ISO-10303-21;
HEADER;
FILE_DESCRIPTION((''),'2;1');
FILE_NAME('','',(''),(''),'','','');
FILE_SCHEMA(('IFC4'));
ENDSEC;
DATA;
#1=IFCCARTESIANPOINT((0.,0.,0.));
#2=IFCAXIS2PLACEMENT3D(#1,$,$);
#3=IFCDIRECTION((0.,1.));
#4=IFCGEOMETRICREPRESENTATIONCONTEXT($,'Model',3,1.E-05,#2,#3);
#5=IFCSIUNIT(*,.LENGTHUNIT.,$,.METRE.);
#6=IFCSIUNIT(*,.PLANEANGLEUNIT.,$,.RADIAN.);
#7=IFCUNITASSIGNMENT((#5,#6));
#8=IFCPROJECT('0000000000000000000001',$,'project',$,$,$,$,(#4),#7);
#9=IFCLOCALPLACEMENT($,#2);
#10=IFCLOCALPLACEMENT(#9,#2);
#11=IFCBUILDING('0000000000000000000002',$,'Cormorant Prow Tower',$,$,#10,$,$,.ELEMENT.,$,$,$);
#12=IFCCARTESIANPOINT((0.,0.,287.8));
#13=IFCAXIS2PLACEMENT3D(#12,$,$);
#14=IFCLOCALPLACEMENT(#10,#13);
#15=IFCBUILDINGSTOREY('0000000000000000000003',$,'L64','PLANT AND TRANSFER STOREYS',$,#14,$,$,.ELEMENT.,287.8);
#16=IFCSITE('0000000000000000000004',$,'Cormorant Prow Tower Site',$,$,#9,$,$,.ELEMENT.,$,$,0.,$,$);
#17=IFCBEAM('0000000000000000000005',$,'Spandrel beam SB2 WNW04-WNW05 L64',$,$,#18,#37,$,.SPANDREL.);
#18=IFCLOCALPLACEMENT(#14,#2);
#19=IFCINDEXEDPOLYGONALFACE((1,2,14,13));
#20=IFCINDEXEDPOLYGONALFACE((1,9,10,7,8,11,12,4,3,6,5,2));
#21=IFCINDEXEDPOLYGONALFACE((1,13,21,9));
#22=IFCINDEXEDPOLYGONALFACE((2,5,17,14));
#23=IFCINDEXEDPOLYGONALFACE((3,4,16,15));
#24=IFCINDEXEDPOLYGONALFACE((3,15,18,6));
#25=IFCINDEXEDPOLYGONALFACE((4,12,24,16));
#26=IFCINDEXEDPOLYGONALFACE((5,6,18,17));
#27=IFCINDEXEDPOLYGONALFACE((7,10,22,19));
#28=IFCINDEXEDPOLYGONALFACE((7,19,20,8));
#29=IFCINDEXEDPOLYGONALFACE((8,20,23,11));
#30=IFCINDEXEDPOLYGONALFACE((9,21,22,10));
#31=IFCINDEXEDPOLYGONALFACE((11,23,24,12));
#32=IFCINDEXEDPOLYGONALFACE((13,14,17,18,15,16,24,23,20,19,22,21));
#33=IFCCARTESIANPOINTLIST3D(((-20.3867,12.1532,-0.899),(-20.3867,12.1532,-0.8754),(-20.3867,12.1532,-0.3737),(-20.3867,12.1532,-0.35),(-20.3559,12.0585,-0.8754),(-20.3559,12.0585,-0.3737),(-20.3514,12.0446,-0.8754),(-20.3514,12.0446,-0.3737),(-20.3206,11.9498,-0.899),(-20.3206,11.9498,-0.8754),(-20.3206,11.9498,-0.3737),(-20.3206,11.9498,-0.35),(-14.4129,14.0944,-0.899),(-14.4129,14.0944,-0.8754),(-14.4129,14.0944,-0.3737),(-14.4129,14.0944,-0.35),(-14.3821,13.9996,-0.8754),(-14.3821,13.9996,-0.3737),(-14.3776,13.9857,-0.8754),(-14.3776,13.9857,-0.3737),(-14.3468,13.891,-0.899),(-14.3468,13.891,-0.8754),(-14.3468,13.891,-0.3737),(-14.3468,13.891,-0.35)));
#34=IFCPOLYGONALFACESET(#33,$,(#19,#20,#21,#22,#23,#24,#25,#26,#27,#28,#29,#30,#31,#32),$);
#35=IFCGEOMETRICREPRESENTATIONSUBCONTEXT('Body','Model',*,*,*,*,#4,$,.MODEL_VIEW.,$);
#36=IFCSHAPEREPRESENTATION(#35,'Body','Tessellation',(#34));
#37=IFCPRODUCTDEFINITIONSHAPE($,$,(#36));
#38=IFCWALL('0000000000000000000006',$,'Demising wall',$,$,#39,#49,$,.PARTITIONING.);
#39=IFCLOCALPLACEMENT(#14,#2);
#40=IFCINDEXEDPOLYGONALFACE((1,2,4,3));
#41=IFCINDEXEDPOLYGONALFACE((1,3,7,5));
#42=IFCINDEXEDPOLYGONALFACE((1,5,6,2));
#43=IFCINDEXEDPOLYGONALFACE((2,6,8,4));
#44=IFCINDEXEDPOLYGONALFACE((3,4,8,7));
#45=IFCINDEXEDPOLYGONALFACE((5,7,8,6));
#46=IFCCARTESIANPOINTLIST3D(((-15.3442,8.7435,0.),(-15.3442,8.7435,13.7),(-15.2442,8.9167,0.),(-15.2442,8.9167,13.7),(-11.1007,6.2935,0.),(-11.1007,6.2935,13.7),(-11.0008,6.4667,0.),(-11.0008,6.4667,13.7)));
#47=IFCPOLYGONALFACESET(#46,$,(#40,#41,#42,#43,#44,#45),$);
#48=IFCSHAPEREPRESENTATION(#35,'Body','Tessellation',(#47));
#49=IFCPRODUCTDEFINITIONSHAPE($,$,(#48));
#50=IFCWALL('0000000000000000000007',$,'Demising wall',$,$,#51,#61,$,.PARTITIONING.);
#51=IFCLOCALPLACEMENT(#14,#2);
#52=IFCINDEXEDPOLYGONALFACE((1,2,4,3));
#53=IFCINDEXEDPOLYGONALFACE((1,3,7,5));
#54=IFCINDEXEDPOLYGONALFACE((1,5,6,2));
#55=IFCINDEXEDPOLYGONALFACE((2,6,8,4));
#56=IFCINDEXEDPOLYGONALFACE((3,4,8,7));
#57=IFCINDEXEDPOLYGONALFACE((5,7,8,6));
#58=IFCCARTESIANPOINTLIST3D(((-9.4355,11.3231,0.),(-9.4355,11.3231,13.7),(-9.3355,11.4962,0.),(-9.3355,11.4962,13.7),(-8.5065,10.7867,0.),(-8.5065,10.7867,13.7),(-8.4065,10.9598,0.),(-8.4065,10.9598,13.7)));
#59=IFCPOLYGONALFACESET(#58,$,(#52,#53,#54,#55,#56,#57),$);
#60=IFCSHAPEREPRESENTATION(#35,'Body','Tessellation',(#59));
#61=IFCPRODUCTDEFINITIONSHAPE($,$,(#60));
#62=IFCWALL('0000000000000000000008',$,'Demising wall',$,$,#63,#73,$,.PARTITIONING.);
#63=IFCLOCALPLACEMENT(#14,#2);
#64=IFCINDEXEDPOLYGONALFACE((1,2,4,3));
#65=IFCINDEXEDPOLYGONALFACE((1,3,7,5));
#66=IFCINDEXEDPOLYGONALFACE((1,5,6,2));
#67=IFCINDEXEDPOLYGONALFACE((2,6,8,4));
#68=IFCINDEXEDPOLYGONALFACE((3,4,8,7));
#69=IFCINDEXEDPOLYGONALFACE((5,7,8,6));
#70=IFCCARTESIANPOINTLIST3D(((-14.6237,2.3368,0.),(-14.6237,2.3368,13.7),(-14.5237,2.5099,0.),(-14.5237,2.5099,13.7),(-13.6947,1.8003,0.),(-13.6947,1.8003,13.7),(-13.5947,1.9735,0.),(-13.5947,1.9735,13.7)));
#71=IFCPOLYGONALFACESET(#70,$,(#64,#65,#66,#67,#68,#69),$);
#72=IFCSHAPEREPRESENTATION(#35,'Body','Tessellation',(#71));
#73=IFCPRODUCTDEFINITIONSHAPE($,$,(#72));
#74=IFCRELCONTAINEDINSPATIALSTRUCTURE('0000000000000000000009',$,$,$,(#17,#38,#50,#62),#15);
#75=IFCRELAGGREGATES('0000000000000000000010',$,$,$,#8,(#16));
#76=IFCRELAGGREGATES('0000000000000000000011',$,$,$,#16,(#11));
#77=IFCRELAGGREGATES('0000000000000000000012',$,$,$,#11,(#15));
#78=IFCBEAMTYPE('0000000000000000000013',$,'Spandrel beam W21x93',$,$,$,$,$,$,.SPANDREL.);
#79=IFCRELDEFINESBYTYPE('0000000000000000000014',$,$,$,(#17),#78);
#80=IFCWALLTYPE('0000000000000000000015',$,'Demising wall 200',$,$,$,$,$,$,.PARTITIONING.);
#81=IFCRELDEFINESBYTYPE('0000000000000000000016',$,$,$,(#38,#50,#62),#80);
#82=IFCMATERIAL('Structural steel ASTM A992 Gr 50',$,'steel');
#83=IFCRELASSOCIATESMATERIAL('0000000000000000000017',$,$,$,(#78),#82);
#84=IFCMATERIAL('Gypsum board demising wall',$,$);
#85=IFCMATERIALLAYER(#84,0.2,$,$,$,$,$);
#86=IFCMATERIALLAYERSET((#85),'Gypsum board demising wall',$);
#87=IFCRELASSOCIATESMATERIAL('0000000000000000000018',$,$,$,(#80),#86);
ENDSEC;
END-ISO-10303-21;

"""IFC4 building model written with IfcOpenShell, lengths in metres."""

from ifc_helpers import new_model, si_unit, direction, frame, frame_2d, origin, origin_2d, place, context, subcontext, project, spatial, rectangle, i_section, extrude, material, layer, layer_set, material_profile, profile_set, type_object, element, save


model = new_model("IFC4")

# Units and contexts
model_context = context("Model", 3, precision=1e-05, world=origin(), true_north=direction((0.0, 1.0)))
body_context = subcontext(model_context, "Body", "Model", "MODEL_VIEW")
ifc_project = project(units=[si_unit("LENGTHUNIT", "METRE"), si_unit("PLANEANGLEUNIT", "RADIAN")], contexts=[model_context])

# Site, building, storey
site_placement = place(None, origin())
site = spatial("IfcSite", under=ifc_project, at=site_placement, Name="Cormorant Prow Tower Site", CompositionType="ELEMENT", RefElevation=0.0)
building_placement = place(site_placement, origin())
building = spatial("IfcBuilding", under=site, at=building_placement, Name="Cormorant Prow Tower", CompositionType="ELEMENT")
storey_placement = place(building_placement, frame((0.0, 0.0, 287.8)))
storey = spatial("IfcBuildingStorey", under=building, at=storey_placement, Name="L64", Description="PLANT AND TRANSFER STOREYS", CompositionType="ELEMENT", Elevation=287.8)

# Beam
ifc_material_1 = material(Name="Structural steel ASTM A992 Gr 50", Category="steel")
ifc_material_profile_1 = material_profile(ifc_material_1, i_section(OverallWidth=0.2139, OverallDepth=0.5491, WebThickness=0.0146, FlangeThickness=0.0237, at=origin_2d()), Name="W21x93")
ifc_profile_set_1 = profile_set([ifc_material_profile_1], Name="Structural steel ASTM A992 Gr 50")
beam_type_1 = type_object("IfcBeamType", Name="Spandrel beam W21x93", PredefinedType="SPANDREL", material=ifc_profile_set_1)
beam_1_placement = place(storey_placement, frame((-14.3799, 13.9927, -0.6245), z_axis=(-0.95105, -0.309036, 0.0), x_axis=(0.309036, -0.95105, 0.0)))
element("IfcBeam", 1, at=beam_1_placement, inside=storey, type_object=beam_type_1, Name="Spandrel beam SB2 WNW04-WNW05 L64", PredefinedType="SPANDREL", context=body_context, shape_type="SweptSolid", body=[
    extrude(i_section(OverallWidth=0.2139, OverallDepth=0.5491, WebThickness=0.0146, FlangeThickness=0.0237, at=origin_2d()), origin(), (0.0, 0.0, 1.0), 6.2812),
])

# Walls
ifc_material_2 = material(Name="Gypsum board demising wall")
ifc_layer = layer(ifc_material_2, 0.2)
ifc_layer_set = layer_set([ifc_layer], Name="Gypsum board demising wall")
wall_type = type_object("IfcWallType", Name="Demising wall 200", PredefinedType="PARTITIONING", material=ifc_layer_set)
wall_placement = place(storey_placement, frame((-15.2942, 8.8301, 0.0), z_axis=(0.0, 0.0, 1.0), x_axis=(0.866024, -0.500003, 0.0)))
element("IfcWall", 2, at=wall_placement, inside=storey, type_object=wall_type, Name="Demising wall", PredefinedType="PARTITIONING", context=body_context, shape_type="SweptSolid", body=[
    extrude(rectangle(XDim=4.8999, YDim=0.2, at=frame_2d((2.45, 0.0))), origin(), (0.0, 0.0, 1.0), 13.7),
])
for number, where, z_axis, x_axis, name in (
    (3, (-9.3855, 11.4097, 0.0), (0.0, 0.0, 1.0), (0.866007, -0.500031, 0.0), "Demising wall"),
    (4, (-14.5737, 2.4233, 0.0), (0.0, 0.0, 1.0), (0.866007, -0.500031, 0.0), "Demising wall"),
):
    element("IfcWall", number, at=place(storey_placement, frame(where, z_axis=z_axis, x_axis=x_axis)), inside=storey, type_object=wall_type, Name=name, PredefinedType="PARTITIONING", context=body_context, shape_type="SweptSolid", body=[
        extrude(rectangle(XDim=1.0728, YDim=0.2, at=frame_2d((0.5364, 0.0))), origin(), (0.0, 0.0, 1.0), 13.7),
    ])

save(model, "model.ifc")
